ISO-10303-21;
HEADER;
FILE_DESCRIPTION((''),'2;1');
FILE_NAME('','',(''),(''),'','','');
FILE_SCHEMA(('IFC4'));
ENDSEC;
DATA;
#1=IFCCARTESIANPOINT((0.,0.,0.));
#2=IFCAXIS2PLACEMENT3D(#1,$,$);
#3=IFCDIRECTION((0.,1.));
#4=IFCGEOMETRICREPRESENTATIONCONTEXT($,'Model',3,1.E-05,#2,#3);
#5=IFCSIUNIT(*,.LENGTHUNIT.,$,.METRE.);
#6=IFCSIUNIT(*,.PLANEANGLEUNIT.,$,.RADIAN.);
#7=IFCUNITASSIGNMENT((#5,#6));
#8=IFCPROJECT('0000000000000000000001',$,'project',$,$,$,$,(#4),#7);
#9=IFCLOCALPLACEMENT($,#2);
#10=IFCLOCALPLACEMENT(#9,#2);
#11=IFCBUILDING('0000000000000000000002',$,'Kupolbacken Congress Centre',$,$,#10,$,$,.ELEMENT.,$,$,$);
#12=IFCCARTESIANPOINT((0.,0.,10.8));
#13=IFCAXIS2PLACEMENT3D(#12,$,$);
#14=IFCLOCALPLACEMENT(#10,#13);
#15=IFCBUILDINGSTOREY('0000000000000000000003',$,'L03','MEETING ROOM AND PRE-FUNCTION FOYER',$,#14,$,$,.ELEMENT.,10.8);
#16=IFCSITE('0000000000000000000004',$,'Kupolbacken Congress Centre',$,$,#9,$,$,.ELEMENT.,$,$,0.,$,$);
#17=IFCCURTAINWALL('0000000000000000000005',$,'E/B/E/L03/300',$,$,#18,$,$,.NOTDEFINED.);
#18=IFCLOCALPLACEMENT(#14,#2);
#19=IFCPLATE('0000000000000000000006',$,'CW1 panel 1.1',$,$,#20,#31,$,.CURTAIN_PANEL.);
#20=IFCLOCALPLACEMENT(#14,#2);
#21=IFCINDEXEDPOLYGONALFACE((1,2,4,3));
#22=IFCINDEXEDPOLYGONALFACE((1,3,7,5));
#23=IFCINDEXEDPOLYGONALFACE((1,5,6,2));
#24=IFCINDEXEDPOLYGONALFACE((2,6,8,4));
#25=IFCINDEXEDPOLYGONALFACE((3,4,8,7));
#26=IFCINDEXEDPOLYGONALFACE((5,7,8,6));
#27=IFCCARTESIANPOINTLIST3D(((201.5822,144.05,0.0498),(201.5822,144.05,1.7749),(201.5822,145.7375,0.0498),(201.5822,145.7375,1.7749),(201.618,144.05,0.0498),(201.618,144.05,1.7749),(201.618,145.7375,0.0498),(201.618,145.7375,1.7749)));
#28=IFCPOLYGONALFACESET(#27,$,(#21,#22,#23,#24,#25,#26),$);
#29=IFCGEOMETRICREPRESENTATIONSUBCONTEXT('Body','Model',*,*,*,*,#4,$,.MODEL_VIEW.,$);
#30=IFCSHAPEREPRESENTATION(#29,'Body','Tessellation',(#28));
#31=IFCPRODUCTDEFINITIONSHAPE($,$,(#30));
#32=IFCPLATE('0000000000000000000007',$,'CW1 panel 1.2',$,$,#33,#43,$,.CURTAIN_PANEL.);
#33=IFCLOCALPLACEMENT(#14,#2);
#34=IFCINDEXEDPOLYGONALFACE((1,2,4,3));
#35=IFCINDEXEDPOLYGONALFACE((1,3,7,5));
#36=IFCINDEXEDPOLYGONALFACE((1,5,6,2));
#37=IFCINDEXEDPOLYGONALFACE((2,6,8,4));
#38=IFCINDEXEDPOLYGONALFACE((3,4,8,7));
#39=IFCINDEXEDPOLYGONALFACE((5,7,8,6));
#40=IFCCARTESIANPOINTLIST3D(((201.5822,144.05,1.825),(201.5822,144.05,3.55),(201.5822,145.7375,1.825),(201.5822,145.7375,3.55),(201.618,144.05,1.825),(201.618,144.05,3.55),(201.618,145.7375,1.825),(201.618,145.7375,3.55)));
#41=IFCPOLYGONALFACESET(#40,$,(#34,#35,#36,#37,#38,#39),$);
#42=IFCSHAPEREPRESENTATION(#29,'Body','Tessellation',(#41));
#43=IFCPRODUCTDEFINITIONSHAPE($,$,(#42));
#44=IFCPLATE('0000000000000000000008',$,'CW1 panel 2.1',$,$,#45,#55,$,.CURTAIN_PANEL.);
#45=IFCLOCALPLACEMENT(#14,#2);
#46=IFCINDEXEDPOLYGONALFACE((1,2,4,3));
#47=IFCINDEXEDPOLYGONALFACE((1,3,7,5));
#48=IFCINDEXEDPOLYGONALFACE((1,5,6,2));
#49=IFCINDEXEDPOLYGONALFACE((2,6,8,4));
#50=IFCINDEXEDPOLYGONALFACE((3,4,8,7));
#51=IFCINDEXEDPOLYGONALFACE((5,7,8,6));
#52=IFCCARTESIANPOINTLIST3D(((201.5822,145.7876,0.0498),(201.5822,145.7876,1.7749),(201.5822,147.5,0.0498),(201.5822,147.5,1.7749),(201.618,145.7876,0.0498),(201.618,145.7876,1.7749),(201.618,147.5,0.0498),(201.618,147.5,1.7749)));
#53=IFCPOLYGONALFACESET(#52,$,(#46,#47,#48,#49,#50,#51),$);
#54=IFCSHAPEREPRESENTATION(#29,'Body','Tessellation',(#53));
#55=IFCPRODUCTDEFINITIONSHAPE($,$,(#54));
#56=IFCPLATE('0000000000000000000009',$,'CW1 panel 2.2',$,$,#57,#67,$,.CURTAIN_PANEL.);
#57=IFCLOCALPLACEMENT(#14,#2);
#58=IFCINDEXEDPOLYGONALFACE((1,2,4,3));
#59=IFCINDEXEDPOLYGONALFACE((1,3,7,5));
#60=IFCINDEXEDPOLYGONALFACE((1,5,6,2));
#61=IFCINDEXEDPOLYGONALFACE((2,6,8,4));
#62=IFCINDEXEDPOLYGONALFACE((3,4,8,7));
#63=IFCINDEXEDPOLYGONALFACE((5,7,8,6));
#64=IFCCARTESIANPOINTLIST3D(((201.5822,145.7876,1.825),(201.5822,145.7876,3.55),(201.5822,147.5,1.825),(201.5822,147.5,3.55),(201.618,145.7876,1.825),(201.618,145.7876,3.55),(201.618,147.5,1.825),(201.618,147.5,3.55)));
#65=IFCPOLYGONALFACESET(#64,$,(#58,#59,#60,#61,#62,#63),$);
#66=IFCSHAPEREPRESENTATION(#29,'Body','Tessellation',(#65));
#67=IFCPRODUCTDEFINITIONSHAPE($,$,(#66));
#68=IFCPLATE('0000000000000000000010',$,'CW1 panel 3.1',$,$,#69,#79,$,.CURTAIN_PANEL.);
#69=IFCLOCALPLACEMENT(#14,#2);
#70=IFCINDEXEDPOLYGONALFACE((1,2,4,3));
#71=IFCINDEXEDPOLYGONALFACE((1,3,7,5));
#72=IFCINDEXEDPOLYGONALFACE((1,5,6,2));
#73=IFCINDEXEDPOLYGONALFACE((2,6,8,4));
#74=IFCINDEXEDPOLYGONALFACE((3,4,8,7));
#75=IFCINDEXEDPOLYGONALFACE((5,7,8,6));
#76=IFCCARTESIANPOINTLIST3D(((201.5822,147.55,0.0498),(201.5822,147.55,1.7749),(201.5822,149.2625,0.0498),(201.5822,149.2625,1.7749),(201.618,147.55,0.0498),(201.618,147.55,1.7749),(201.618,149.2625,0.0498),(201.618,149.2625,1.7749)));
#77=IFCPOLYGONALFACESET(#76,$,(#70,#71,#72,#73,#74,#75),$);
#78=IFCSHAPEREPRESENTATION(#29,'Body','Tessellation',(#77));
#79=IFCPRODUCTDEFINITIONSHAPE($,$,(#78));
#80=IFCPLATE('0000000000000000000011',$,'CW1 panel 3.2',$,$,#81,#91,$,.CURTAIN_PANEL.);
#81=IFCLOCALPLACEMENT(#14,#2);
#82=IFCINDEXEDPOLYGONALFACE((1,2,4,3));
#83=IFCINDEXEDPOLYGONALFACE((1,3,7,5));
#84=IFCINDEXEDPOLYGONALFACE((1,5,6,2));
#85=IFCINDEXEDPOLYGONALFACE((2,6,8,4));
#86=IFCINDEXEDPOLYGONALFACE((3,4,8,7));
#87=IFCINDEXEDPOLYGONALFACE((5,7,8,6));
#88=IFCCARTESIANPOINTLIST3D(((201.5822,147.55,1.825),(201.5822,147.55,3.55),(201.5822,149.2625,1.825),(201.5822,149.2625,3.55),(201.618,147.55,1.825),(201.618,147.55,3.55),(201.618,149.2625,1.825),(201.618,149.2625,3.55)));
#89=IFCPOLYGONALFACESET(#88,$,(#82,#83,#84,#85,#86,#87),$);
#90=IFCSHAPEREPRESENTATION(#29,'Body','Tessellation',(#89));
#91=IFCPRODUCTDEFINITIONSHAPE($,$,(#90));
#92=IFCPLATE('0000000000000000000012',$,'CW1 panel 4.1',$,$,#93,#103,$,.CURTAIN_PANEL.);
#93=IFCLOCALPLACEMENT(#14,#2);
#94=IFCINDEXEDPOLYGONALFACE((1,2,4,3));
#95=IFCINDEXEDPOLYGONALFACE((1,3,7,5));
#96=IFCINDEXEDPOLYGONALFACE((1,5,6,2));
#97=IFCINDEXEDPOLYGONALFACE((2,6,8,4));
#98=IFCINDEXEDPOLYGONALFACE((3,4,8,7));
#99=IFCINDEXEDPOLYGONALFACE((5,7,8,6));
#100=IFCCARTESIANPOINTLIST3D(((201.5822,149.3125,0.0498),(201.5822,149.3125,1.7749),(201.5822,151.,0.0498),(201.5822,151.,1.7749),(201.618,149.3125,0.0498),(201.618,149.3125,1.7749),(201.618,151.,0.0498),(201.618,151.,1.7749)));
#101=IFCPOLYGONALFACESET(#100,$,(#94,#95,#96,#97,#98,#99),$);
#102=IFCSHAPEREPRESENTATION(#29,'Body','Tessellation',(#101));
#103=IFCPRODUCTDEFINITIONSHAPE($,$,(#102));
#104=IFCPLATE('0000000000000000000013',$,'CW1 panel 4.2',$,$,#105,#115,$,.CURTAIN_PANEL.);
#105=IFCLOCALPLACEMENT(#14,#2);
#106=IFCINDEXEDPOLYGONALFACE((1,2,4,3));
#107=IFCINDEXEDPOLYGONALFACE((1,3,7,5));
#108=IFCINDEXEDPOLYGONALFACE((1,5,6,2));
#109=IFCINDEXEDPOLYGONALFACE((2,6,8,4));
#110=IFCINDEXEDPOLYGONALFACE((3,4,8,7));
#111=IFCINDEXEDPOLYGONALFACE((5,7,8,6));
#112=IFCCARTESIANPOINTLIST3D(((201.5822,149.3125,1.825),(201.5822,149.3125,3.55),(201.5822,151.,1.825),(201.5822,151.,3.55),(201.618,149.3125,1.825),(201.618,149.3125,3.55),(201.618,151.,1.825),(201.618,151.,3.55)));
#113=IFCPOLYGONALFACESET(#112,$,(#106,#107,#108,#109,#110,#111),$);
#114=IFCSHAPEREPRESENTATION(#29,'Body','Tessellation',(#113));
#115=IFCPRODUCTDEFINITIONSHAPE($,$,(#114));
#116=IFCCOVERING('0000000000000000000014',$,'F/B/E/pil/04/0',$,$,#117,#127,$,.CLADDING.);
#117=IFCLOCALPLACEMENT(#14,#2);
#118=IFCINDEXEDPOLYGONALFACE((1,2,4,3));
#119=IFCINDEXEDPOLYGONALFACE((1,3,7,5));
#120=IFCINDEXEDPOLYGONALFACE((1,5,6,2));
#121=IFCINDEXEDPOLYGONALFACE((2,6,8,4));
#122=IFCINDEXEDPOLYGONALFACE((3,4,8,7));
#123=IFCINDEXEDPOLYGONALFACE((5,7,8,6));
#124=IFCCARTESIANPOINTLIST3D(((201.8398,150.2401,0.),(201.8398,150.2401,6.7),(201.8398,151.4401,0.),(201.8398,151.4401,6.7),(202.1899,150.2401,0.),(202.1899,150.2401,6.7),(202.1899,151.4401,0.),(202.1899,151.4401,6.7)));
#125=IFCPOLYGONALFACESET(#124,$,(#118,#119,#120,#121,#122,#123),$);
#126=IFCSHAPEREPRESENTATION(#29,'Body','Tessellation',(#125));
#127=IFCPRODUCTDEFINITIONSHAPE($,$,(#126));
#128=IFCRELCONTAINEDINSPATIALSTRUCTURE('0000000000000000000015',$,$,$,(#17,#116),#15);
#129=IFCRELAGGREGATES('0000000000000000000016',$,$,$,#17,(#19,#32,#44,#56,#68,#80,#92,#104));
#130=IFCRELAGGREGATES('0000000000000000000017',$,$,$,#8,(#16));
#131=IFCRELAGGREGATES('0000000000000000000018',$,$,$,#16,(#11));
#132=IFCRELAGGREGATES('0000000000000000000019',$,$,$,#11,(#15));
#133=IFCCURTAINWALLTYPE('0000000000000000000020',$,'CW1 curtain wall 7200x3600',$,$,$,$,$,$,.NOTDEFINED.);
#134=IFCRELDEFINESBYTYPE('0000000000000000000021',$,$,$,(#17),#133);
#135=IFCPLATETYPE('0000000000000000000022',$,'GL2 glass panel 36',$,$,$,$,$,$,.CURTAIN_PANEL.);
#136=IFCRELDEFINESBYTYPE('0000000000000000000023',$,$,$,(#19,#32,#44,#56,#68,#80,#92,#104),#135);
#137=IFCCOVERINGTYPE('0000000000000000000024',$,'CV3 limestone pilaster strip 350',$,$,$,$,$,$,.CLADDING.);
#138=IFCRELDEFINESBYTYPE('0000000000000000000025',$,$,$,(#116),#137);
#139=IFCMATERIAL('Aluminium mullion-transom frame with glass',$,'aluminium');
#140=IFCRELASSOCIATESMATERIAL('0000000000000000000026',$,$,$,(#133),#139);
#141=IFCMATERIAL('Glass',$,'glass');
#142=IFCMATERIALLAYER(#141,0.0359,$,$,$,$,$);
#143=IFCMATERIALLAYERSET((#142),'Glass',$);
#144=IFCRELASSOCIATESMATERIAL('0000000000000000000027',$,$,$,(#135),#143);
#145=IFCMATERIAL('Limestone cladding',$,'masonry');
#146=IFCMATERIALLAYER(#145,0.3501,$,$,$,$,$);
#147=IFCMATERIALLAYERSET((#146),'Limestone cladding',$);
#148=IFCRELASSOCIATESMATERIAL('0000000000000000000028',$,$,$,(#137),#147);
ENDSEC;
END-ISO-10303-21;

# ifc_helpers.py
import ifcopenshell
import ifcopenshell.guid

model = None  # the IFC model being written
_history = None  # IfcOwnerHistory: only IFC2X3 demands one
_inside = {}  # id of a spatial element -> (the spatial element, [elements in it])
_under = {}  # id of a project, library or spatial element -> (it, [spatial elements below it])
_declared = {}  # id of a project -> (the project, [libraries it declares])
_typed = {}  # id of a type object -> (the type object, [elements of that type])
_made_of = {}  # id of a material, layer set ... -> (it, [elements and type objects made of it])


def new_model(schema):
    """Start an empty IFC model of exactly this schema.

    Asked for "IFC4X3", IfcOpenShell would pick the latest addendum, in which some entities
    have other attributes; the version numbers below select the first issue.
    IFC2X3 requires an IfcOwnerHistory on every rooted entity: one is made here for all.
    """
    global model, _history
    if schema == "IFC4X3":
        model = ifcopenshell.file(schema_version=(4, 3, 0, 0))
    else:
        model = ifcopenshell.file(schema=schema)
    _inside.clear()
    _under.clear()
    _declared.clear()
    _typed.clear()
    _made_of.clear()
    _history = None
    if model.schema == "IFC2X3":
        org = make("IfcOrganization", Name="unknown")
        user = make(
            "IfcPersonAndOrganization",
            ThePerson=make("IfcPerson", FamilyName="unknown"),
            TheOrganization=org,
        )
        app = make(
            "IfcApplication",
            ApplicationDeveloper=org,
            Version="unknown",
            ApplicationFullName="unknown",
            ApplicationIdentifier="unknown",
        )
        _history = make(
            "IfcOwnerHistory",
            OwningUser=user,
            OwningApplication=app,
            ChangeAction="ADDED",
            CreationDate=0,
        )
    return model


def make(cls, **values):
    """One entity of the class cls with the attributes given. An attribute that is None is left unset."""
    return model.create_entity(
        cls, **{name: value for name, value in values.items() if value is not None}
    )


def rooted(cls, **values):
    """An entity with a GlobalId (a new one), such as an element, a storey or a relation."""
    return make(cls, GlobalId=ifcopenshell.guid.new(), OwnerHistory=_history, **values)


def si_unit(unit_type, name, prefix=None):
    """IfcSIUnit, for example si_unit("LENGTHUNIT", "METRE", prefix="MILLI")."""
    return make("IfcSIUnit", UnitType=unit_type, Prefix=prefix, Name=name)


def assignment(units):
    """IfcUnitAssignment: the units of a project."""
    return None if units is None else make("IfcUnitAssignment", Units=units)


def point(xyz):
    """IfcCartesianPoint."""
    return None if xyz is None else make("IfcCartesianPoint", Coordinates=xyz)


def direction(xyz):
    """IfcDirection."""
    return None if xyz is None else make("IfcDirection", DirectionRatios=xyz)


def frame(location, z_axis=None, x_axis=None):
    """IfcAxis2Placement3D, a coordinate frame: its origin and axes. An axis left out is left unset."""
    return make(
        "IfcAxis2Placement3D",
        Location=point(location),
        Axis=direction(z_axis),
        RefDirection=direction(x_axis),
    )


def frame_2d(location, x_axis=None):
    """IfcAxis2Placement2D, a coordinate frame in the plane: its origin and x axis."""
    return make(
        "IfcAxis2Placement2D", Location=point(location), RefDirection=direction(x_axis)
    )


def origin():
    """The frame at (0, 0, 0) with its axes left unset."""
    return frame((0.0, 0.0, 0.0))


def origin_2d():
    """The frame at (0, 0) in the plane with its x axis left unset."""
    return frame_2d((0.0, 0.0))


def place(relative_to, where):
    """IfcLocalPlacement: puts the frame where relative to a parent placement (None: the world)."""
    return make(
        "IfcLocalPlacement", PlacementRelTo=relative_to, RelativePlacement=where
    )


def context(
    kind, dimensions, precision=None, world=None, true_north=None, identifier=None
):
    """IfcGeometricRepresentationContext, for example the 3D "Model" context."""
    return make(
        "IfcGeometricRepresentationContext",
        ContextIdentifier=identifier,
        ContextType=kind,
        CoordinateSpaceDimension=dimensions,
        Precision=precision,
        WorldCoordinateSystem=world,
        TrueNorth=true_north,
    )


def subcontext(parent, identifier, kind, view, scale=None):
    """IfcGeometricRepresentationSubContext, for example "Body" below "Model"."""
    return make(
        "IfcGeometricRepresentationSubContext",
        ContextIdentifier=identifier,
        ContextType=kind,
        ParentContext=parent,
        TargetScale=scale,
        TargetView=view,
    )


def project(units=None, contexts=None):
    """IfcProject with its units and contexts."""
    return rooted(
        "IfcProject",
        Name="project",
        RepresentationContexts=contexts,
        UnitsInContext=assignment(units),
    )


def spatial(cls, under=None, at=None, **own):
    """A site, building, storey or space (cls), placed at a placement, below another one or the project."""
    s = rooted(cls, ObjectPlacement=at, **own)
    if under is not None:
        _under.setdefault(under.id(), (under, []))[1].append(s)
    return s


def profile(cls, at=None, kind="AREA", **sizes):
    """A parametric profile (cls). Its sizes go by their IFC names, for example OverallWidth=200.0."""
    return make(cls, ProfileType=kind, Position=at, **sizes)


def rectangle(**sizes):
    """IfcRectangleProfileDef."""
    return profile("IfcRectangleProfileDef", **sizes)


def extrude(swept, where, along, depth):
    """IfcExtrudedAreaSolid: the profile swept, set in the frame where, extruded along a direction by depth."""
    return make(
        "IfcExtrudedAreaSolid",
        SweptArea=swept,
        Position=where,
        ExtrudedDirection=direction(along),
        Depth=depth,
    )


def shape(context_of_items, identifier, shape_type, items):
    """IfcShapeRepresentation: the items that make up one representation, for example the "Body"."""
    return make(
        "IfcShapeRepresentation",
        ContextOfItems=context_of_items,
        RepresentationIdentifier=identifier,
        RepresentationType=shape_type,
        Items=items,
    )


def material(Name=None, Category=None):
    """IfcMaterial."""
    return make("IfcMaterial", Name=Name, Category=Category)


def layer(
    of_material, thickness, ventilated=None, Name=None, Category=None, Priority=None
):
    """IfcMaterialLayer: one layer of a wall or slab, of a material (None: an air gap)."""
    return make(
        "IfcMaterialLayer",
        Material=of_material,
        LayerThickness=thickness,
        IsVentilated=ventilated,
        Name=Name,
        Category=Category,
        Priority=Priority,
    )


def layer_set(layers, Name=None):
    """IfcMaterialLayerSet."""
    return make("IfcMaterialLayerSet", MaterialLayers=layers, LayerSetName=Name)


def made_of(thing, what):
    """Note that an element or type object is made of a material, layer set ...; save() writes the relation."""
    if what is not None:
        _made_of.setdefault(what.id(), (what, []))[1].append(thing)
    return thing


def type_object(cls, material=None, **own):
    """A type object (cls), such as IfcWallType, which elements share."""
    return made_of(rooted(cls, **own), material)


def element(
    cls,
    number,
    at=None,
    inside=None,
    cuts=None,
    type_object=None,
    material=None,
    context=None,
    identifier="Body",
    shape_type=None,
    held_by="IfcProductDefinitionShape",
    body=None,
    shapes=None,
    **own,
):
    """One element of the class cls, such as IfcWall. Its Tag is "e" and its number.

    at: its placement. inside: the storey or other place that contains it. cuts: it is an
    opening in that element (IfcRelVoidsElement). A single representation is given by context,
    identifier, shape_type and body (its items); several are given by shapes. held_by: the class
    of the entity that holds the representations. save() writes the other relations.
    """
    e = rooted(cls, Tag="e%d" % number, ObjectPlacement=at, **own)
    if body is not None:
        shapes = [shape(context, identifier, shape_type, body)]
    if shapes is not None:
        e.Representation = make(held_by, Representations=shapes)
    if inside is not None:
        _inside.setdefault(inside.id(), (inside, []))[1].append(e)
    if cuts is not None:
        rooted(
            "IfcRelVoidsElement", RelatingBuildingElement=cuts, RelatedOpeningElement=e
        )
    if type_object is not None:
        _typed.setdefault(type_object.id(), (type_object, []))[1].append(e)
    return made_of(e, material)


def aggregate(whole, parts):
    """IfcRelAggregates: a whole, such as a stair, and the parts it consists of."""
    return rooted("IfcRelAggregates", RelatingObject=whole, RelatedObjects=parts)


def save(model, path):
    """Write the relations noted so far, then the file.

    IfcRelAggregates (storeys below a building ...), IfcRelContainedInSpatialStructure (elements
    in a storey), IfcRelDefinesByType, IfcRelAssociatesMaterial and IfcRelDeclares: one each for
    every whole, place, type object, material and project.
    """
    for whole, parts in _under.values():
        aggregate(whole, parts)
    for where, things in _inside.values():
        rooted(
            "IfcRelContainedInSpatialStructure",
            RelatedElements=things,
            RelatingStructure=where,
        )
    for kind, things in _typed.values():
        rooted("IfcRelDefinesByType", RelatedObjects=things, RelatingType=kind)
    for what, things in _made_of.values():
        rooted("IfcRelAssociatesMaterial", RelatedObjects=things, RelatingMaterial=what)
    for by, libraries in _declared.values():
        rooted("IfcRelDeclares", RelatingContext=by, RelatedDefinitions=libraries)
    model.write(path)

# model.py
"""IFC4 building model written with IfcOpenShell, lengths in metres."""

from ifc_helpers import new_model, si_unit, direction, frame, origin, origin_2d, place, context, subcontext, project, spatial, rectangle, extrude, material, layer, layer_set, type_object, element, aggregate, save


model = new_model("IFC4")

# Units and contexts
model_context = context("Model", 3, precision=1e-05, world=origin(), true_north=direction((0.0, 1.0)))
body_context = subcontext(model_context, "Body", "Model", "MODEL_VIEW")
ifc_project = project(units=[si_unit("LENGTHUNIT", "METRE"), si_unit("PLANEANGLEUNIT", "RADIAN")], contexts=[model_context])

# Site, building, storey
site_placement = place(None, origin())
site = spatial("IfcSite", under=ifc_project, at=site_placement, Name="Kupolbacken Congress Centre", CompositionType="ELEMENT", RefElevation=0.0)
building_placement = place(site_placement, origin())
building = spatial("IfcBuilding", under=site, at=building_placement, Name="Kupolbacken Congress Centre", CompositionType="ELEMENT")
storey_placement = place(building_placement, frame((0.0, 0.0, 10.8)))
storey = spatial("IfcBuildingStorey", under=building, at=storey_placement, Name="L03", Description="MEETING ROOM AND PRE-FUNCTION FOYER", CompositionType="ELEMENT", Elevation=10.8)

# Curtain wall, plates
ifc_material_1 = material(Name="Aluminium mullion-transom frame with glass", Category="aluminium")
curtain_wall_type = type_object("IfcCurtainWallType", Name="CW1 curtain wall 7200x3600", PredefinedType="NOTDEFINED", material=ifc_material_1)
curtain_wall_placement = place(storey_placement, origin())
curtain_wall = element("IfcCurtainWall", 1, at=curtain_wall_placement, inside=storey, type_object=curtain_wall_type, Name="E/B/E/L03/300", PredefinedType="NOTDEFINED")
ifc_material_2 = material(Name="Glass", Category="glass")
ifc_layer_1 = layer(ifc_material_2, 0.0359)
ifc_layer_set_1 = layer_set([ifc_layer_1], Name="Glass")
plate_type = type_object("IfcPlateType", Name="GL2 glass panel 36", PredefinedType="CURTAIN_PANEL", material=ifc_layer_set_1)
plate_1_placement = place(storey_placement, frame((201.6001, 144.8938, 0.0498), z_axis=(0.0, 0.0, 1.0), x_axis=(0.0, 1.0, 0.0)))
plate_1 = element("IfcPlate", 2, at=plate_1_placement, type_object=plate_type, Name="CW1 panel 1.1", PredefinedType="CURTAIN_PANEL", context=body_context, shape_type="SweptSolid", body=[
    extrude(rectangle(XDim=1.6875, YDim=0.0359, at=origin_2d()), origin(), (0.0, 0.0, 1.0), 1.7251),
])
plate_2_placement = place(storey_placement, frame((201.6001, 144.8938, 1.825), z_axis=(0.0, 0.0, 1.0), x_axis=(0.0, 1.0, 0.0)))
plate_2 = element("IfcPlate", 3, at=plate_2_placement, type_object=plate_type, Name="CW1 panel 1.2", PredefinedType="CURTAIN_PANEL", context=body_context, shape_type="SweptSolid", body=[
    extrude(rectangle(XDim=1.6875, YDim=0.0359, at=origin_2d()), origin(), (0.0, 0.0, 1.0), 1.7251),
])
plate_3_placement = place(storey_placement, frame((201.6001, 146.6438, 0.0498), z_axis=(0.0, 0.0, 1.0), x_axis=(0.0, 1.0, 0.0)))
plate_3 = element("IfcPlate", 4, at=plate_3_placement, type_object=plate_type, Name="CW1 panel 2.1", PredefinedType="CURTAIN_PANEL", context=body_context, shape_type="SweptSolid", body=[
    extrude(rectangle(XDim=1.7124, YDim=0.0359, at=origin_2d()), origin(), (0.0, 0.0, 1.0), 1.7251),
])
plate_4_placement = place(storey_placement, frame((201.6001, 146.6438, 1.825), z_axis=(0.0, 0.0, 1.0), x_axis=(0.0, 1.0, 0.0)))
plate_4 = element("IfcPlate", 5, at=plate_4_placement, type_object=plate_type, Name="CW1 panel 2.2", PredefinedType="CURTAIN_PANEL", context=body_context, shape_type="SweptSolid", body=[
    extrude(rectangle(XDim=1.7124, YDim=0.0359, at=origin_2d()), origin(), (0.0, 0.0, 1.0), 1.7251),
])
plate_5_placement = place(storey_placement, frame((201.6001, 148.4062, 0.0498), z_axis=(0.0, 0.0, 1.0), x_axis=(0.0, 1.0, 0.0)))
plate_5 = element("IfcPlate", 6, at=plate_5_placement, type_object=plate_type, Name="CW1 panel 3.1", PredefinedType="CURTAIN_PANEL", context=body_context, shape_type="SweptSolid", body=[
    extrude(rectangle(XDim=1.7124, YDim=0.0359, at=origin_2d()), origin(), (0.0, 0.0, 1.0), 1.7251),
])
plate_6_placement = place(storey_placement, frame((201.6001, 148.4062, 1.825), z_axis=(0.0, 0.0, 1.0), x_axis=(0.0, 1.0, 0.0)))
plate_6 = element("IfcPlate", 7, at=plate_6_placement, type_object=plate_type, Name="CW1 panel 3.2", PredefinedType="CURTAIN_PANEL", context=body_context, shape_type="SweptSolid", body=[
    extrude(rectangle(XDim=1.7124, YDim=0.0359, at=origin_2d()), origin(), (0.0, 0.0, 1.0), 1.7251),
])
plate_7_placement = place(storey_placement, frame((201.6001, 150.1562, 0.0498), z_axis=(0.0, 0.0, 1.0), x_axis=(0.0, 1.0, 0.0)))
plate_7 = element("IfcPlate", 8, at=plate_7_placement, type_object=plate_type, Name="CW1 panel 4.1", PredefinedType="CURTAIN_PANEL", context=body_context, shape_type="SweptSolid", body=[
    extrude(rectangle(XDim=1.6875, YDim=0.0359, at=origin_2d()), origin(), (0.0, 0.0, 1.0), 1.7251),
])
plate_8_placement = place(storey_placement, frame((201.6001, 150.1562, 1.825), z_axis=(0.0, 0.0, 1.0), x_axis=(0.0, 1.0, 0.0)))
plate_8 = element("IfcPlate", 9, at=plate_8_placement, type_object=plate_type, Name="CW1 panel 4.2", PredefinedType="CURTAIN_PANEL", context=body_context, shape_type="SweptSolid", body=[
    extrude(rectangle(XDim=1.6875, YDim=0.0359, at=origin_2d()), origin(), (0.0, 0.0, 1.0), 1.7251),
])
aggregate(curtain_wall, [plate_1, plate_2, plate_3, plate_4, plate_5, plate_6, plate_7, plate_8])

# Covering
ifc_material_3 = material(Name="Limestone cladding", Category="masonry")
ifc_layer_2 = layer(ifc_material_3, 0.3501)
ifc_layer_set_2 = layer_set([ifc_layer_2], Name="Limestone cladding")
covering_type = type_object("IfcCoveringType", Name="CV3 limestone pilaster strip 350", PredefinedType="CLADDING", material=ifc_layer_set_2)
covering_placement = place(storey_placement, frame((202.0149, 150.8401, 0.0), z_axis=(0.0, 0.0, 1.0), x_axis=(0.0, 1.0, 0.0)))
element("IfcCovering", 10, at=covering_placement, inside=storey, type_object=covering_type, Name="F/B/E/pil/04/0", PredefinedType="CLADDING", context=body_context, shape_type="SweptSolid", body=[
    extrude(rectangle(XDim=1.2, YDim=0.3501, at=origin_2d()), origin(), (0.0, 0.0, 1.0), 6.7),
])

save(model, "model.ifc")
